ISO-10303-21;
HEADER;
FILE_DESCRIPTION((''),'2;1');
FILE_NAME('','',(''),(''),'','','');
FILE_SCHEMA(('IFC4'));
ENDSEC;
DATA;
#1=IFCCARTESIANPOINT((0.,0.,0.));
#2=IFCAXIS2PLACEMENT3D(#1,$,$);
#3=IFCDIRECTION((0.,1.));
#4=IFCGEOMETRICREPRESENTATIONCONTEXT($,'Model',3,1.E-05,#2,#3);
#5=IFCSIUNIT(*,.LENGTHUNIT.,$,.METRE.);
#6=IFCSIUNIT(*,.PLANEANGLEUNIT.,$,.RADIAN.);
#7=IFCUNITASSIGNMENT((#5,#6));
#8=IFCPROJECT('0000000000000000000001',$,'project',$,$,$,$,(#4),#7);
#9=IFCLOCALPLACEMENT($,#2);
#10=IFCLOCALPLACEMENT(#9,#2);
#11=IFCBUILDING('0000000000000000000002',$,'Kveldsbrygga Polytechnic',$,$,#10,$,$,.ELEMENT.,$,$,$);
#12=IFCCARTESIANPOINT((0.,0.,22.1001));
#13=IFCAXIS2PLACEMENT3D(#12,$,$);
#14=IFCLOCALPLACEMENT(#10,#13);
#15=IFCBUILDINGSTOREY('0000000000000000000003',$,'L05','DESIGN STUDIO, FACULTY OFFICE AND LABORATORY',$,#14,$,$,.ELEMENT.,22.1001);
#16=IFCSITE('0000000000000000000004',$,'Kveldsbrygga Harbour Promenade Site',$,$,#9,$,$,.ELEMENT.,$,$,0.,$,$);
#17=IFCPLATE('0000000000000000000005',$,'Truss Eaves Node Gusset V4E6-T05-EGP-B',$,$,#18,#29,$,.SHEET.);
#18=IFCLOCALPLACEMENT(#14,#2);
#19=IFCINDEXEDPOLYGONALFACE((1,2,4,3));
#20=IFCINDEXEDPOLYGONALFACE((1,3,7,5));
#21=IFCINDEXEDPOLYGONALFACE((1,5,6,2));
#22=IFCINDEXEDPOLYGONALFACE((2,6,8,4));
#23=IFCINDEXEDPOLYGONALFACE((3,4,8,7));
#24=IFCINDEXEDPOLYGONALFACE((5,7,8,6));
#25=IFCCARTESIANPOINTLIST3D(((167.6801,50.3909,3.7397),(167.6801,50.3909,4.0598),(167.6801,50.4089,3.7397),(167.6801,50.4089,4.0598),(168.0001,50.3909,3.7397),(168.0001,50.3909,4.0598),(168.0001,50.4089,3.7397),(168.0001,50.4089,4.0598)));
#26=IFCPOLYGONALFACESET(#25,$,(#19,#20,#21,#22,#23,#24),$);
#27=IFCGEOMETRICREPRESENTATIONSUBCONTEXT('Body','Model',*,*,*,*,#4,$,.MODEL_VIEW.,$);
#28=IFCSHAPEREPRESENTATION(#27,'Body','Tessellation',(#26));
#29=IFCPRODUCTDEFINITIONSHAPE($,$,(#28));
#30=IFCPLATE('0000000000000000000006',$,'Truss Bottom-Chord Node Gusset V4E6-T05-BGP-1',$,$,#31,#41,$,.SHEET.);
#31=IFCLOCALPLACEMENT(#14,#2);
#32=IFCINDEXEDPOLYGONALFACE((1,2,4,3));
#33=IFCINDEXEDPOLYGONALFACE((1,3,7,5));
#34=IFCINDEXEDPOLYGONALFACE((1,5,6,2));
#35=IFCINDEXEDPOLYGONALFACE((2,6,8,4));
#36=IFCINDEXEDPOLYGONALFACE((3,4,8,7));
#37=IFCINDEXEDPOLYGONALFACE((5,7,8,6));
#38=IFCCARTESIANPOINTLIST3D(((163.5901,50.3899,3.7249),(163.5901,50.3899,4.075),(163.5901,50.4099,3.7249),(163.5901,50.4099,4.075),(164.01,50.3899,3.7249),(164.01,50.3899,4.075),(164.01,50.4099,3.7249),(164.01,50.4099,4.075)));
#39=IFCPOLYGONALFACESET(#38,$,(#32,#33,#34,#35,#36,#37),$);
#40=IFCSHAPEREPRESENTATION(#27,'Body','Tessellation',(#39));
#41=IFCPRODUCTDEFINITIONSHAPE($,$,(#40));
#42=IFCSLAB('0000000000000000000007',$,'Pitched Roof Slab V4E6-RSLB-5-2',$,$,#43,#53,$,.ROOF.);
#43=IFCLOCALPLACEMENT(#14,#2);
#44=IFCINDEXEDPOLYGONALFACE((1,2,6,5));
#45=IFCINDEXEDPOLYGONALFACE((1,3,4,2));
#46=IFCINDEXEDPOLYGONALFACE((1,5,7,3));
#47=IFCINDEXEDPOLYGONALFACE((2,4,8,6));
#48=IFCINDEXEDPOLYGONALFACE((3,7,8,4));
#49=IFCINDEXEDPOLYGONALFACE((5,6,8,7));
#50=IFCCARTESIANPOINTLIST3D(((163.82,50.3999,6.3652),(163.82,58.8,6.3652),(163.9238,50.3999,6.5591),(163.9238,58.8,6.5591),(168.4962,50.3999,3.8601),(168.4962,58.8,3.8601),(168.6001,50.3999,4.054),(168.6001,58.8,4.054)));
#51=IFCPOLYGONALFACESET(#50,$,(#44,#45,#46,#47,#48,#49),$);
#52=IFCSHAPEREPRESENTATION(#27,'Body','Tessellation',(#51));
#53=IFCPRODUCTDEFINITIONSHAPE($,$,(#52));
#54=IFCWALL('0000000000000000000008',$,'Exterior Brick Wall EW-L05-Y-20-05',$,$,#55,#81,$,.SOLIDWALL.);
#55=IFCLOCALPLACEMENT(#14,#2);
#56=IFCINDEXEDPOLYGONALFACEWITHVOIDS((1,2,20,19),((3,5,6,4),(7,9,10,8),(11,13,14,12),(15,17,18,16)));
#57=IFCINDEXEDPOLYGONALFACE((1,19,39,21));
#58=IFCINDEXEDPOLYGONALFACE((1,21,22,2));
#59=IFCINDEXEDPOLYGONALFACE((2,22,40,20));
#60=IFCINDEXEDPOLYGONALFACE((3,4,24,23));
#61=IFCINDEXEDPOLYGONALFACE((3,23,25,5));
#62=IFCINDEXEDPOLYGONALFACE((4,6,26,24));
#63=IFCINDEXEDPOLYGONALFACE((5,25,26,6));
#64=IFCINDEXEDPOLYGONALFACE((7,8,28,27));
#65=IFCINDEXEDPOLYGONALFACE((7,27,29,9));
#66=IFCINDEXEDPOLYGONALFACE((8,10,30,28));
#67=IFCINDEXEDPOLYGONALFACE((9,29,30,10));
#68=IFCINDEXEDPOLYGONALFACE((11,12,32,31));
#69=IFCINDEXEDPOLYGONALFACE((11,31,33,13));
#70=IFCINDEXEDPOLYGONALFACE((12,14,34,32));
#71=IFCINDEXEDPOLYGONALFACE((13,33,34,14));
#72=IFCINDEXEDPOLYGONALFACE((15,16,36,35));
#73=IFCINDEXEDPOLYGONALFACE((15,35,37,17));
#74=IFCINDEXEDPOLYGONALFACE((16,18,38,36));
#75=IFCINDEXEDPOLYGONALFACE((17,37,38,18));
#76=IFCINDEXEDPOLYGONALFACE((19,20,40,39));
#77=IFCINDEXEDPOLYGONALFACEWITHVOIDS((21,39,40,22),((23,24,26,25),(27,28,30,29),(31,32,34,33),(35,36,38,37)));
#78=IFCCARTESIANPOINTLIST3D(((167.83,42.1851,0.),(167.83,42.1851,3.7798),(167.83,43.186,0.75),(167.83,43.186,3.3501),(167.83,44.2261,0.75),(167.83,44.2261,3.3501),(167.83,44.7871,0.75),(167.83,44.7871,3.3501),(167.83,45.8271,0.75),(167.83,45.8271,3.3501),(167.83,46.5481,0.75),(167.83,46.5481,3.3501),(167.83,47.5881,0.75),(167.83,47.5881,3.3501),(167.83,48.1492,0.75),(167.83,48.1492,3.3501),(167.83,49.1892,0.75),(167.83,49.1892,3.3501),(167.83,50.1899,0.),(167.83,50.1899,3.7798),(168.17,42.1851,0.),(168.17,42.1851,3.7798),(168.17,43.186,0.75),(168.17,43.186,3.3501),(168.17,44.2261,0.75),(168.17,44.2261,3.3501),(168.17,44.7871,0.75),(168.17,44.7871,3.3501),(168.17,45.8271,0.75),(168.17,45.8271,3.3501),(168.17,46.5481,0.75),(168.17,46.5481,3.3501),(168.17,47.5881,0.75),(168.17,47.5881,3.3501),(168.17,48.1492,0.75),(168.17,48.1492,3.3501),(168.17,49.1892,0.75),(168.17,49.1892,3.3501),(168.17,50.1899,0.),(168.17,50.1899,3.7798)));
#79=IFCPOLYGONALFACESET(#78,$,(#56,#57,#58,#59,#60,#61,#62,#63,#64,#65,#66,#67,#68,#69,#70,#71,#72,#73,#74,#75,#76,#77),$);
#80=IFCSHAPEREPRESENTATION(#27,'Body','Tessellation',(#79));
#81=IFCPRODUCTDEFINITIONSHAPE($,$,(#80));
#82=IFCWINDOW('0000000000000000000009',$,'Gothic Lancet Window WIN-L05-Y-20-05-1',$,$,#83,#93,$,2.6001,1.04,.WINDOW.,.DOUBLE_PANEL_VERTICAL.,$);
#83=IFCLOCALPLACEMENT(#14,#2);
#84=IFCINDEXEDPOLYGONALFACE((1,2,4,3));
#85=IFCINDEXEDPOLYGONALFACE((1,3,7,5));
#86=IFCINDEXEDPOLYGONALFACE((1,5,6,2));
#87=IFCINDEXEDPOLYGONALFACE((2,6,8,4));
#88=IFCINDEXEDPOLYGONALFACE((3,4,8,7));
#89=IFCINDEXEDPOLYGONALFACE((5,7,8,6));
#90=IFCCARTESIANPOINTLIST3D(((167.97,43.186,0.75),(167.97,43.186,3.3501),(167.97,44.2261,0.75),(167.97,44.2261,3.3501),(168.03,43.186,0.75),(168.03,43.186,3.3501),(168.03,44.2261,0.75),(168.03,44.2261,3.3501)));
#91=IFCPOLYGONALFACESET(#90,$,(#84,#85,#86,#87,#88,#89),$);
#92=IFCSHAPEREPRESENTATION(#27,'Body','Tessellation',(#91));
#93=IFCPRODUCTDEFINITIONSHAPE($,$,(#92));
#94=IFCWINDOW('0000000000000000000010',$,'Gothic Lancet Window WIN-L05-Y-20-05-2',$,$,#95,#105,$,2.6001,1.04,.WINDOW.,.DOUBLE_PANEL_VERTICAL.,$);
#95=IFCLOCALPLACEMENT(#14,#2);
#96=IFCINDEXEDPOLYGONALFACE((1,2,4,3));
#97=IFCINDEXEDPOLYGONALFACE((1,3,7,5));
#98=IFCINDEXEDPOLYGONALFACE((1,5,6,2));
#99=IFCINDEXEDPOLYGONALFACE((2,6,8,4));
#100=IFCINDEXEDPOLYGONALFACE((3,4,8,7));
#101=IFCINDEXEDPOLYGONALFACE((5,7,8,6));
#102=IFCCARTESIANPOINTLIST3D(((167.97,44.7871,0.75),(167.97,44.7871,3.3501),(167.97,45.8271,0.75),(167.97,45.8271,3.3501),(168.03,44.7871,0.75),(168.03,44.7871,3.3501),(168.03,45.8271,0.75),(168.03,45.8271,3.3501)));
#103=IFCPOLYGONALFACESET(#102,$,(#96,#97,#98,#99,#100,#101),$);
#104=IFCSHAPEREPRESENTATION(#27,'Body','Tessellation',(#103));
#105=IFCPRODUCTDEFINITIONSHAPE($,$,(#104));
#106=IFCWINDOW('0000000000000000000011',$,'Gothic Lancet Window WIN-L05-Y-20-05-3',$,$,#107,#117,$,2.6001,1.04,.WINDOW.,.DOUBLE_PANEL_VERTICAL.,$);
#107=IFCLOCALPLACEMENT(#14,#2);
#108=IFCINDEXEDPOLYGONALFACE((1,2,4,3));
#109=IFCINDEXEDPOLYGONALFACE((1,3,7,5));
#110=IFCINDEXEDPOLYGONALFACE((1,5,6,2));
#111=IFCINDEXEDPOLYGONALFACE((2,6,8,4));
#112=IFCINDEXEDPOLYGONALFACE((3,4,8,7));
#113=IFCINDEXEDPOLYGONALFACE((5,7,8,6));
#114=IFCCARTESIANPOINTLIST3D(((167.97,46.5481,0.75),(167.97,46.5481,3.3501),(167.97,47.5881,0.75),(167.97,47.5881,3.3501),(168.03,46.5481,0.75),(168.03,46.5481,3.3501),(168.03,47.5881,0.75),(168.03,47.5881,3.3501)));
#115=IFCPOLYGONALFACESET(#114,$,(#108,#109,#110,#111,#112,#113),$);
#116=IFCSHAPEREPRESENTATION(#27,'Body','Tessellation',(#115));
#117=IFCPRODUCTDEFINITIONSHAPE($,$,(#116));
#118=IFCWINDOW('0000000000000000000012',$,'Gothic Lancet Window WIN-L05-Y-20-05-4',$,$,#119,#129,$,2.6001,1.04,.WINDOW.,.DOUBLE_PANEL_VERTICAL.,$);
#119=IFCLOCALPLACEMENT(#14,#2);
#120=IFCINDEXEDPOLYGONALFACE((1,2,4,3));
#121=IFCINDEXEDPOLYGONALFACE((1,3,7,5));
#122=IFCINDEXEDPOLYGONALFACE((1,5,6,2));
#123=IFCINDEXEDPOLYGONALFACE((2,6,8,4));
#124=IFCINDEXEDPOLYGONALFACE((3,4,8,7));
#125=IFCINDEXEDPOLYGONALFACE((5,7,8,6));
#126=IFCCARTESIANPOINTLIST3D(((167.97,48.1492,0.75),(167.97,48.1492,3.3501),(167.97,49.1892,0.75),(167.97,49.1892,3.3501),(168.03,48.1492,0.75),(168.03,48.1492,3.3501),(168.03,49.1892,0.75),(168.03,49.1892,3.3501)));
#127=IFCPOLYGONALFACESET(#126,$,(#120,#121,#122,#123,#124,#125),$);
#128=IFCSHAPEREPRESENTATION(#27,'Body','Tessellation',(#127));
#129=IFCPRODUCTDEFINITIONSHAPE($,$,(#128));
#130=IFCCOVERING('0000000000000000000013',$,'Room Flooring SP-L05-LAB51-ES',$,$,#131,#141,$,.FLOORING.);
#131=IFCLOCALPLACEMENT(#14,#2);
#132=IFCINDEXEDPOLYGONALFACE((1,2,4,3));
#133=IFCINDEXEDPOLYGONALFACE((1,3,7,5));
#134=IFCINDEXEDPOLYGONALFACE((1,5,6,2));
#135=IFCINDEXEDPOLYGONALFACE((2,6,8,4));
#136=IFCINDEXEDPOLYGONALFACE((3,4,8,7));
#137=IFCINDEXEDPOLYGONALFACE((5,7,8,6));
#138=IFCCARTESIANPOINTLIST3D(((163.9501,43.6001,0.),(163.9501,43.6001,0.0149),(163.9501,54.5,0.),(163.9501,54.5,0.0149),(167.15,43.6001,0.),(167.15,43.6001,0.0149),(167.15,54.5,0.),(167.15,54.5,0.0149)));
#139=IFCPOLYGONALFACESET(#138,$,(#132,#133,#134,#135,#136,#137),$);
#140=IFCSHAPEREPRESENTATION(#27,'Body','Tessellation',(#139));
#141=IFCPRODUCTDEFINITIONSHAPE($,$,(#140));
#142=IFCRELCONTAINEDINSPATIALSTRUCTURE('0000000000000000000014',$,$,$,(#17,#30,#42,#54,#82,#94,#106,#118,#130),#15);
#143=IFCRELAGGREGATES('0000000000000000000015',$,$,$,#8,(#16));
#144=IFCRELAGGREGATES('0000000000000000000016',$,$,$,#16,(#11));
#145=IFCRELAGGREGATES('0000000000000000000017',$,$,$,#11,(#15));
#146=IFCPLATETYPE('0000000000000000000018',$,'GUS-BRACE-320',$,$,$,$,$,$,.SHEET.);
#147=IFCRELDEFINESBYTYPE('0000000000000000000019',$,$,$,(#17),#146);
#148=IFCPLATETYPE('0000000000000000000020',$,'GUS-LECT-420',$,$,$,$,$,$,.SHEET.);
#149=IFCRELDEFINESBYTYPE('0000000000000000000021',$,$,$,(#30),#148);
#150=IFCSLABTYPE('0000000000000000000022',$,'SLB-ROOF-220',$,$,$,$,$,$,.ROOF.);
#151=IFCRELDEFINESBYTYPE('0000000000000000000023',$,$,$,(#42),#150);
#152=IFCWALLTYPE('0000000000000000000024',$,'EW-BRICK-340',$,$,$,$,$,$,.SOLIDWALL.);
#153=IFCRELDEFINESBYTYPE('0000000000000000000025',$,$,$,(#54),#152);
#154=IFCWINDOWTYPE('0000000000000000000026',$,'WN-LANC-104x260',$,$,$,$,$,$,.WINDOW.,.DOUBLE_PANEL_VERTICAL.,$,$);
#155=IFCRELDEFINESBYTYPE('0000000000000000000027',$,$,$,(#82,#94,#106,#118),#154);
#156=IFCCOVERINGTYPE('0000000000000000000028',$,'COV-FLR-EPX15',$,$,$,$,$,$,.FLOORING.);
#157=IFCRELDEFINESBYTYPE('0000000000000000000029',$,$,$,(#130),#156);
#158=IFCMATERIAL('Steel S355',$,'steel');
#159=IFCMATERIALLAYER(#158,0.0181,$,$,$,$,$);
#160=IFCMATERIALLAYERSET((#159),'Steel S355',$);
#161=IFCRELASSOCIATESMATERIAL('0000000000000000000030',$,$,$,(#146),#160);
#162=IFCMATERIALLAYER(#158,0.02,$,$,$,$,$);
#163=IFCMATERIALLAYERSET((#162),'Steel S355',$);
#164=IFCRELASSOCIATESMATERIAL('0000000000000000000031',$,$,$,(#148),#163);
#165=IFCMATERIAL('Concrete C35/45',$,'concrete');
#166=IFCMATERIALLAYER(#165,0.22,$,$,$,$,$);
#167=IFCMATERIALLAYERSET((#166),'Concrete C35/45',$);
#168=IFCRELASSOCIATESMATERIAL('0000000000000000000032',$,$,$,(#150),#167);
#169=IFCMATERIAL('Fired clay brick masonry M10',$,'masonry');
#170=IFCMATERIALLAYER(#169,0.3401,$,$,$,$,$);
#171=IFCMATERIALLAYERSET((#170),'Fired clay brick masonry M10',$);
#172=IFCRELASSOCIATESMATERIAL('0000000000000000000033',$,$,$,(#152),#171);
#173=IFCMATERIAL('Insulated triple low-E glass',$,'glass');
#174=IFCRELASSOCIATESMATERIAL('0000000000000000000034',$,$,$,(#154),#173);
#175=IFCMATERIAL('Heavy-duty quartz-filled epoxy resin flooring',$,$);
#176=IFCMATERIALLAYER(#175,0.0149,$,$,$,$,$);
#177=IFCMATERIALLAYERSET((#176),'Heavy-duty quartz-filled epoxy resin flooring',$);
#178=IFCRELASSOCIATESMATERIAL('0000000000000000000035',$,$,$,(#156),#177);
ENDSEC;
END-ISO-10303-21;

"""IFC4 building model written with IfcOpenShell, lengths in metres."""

from ifc_helpers import new_model, si_unit, direction, frame, frame_2d, origin, origin_2d, place, context, subcontext, project, spatial, polyline, rectangle, outline, extrude, material, layer, layer_set, type_object, element, fill, save


model = new_model("IFC4")

# Units and contexts
model_context = context("Model", 3, precision=1e-05, world=origin(), true_north=direction((0.0, 1.0)))
body_context = subcontext(model_context, "Body", "Model", "MODEL_VIEW")
ifc_project = project(units=[si_unit("LENGTHUNIT", "METRE"), si_unit("PLANEANGLEUNIT", "RADIAN")], contexts=[model_context])

# Site, building, storey
site_placement = place(None, origin())
site = spatial("IfcSite", under=ifc_project, at=site_placement, Name="Kveldsbrygga Harbour Promenade Site", CompositionType="ELEMENT", RefElevation=0.0)
building_placement = place(site_placement, origin())
building = spatial("IfcBuilding", under=site, at=building_placement, Name="Kveldsbrygga Polytechnic", CompositionType="ELEMENT")
storey_placement = place(building_placement, frame((0.0, 0.0, 22.1001)))
storey = spatial("IfcBuildingStorey", under=building, at=storey_placement, Name="L05", Description="DESIGN STUDIO, FACULTY OFFICE AND LABORATORY", CompositionType="ELEMENT", Elevation=22.1001)

# Shared definitions
ifc_material_1 = material(Name="Steel S355", Category="steel")

# Plates
ifc_layer_1 = layer(ifc_material_1, 0.0181)
ifc_layer_set_1 = layer_set([ifc_layer_1], Name="Steel S355")
plate_type_1 = type_object("IfcPlateType", Name="GUS-BRACE-320", PredefinedType="SHEET", material=ifc_layer_set_1)
for number, where, z_axis, x_axis, name in (
    (1, (167.8401, 50.3999, 3.7397), (0.0, 0.0, 1.0), (1.0, 0.0, 0.0), "Truss Eaves Node Gusset V4E6-T05-EGP-B"),
):
    element("IfcPlate", number, at=place(storey_placement, frame(where, z_axis=z_axis, x_axis=x_axis)), inside=storey, type_object=plate_type_1, Name=name, PredefinedType="SHEET", context=body_context, shape_type="SweptSolid", body=[
        extrude(rectangle(XDim=0.3201, YDim=0.0181, at=origin_2d()), origin(), (0.0, 0.0, 1.0), 0.3201),
    ])
ifc_layer_2 = layer(ifc_material_1, 0.02)
ifc_layer_set_2 = layer_set([ifc_layer_2], Name="Steel S355")
plate_type_2 = type_object("IfcPlateType", Name="GUS-LECT-420", PredefinedType="SHEET", material=ifc_layer_set_2)
plate_1_placement = place(storey_placement, frame((163.8, 50.3999, 3.7249), z_axis=(0.0, 0.0, 1.0), x_axis=(1.0, 0.0, 0.0)))
element("IfcPlate", 2, at=plate_1_placement, inside=storey, type_object=plate_type_2, Name="Truss Bottom-Chord Node Gusset V4E6-T05-BGP-1", PredefinedType="SHEET", context=body_context, shape_type="SweptSolid", body=[
    extrude(rectangle(XDim=0.4199, YDim=0.02, at=origin_2d()), origin(), (0.0, 0.0, 1.0), 0.3501),
])

# Slab
ifc_material_2 = material(Name="Concrete C35/45", Category="concrete")
ifc_layer_3 = layer(ifc_material_2, 0.22)
ifc_layer_set_3 = layer_set([ifc_layer_3], Name="Concrete C35/45")
slab_type = type_object("IfcSlabType", Name="SLB-ROOF-220", PredefinedType="ROOF", material=ifc_layer_set_3)
slab_placement = place(storey_placement, frame((163.9238, 50.3999, 6.5591), z_axis=(0.472219, 0.0, 0.881481), x_axis=(0.881481, 0.0, -0.472219)))
element("IfcSlab", 3, at=slab_placement, inside=storey, type_object=slab_type, Name="Pitched Roof Slab V4E6-RSLB-5-2", PredefinedType="ROOF", context=body_context, shape_type="SweptSolid", body=[
    extrude(outline(polyline([(0.0, 0.0), (5.305, 0.0), (5.305, 8.4001), (0.0, 8.4001), (0.0, 0.0)])), origin(), (0.0, 0.0, -1.0), 0.22),
])

# Wall, openings, windows
ifc_material_3 = material(Name="Fired clay brick masonry M10", Category="masonry")
ifc_layer_4 = layer(ifc_material_3, 0.3401)
ifc_layer_set_4 = layer_set([ifc_layer_4], Name="Fired clay brick masonry M10")
wall_type = type_object("IfcWallType", Name="EW-BRICK-340", PredefinedType="SOLIDWALL", material=ifc_layer_set_4)
wall_placement = place(storey_placement, frame((168.0, 42.1851, 0.0), z_axis=(0.0, 0.0, 1.0), x_axis=(0.0, 1.0, 0.0)))
wall = element("IfcWall", 4, at=wall_placement, inside=storey, type_object=wall_type, Name="Exterior Brick Wall EW-L05-Y-20-05", PredefinedType="SOLIDWALL", context=body_context, shape_type="SweptSolid", body=[
    extrude(rectangle(XDim=8.0049, YDim=0.3401, at=frame_2d((4.0024, 0.0))), origin(), (0.0, 0.0, 1.0), 3.7798),
])
opening_1_placement = place(wall_placement, frame((1.001, 0.0, 0.75)))
opening_1 = element("IfcOpeningElement", 5, at=opening_1_placement, cuts=wall, PredefinedType="OPENING", context=body_context, shape_type="SweptSolid", body=[
    extrude(rectangle(XDim=1.04, YDim=2.6001, at=frame_2d((0.52, 1.3))), frame((0.0, 0.1802, 0.0), z_axis=(0.0, -1.0, 0.0), x_axis=(1.0, 0.0, 0.0)), (0.0, 0.0, 1.0), 0.3601),
])
opening_2_placement = place(wall_placement, frame((2.6021, 0.0, 0.75)))
opening_2 = element("IfcOpeningElement", 6, at=opening_2_placement, cuts=wall, PredefinedType="OPENING", context=body_context, shape_type="SweptSolid", body=[
    extrude(rectangle(XDim=1.04, YDim=2.6001, at=frame_2d((0.52, 1.3))), frame((0.0, 0.1802, 0.0), z_axis=(0.0, -1.0, 0.0), x_axis=(1.0, 0.0, 0.0)), (0.0, 0.0, 1.0), 0.3601),
])
opening_3_placement = place(wall_placement, frame((4.363, 0.0, 0.75)))
opening_3 = element("IfcOpeningElement", 7, at=opening_3_placement, cuts=wall, PredefinedType="OPENING", context=body_context, shape_type="SweptSolid", body=[
    extrude(rectangle(XDim=1.04, YDim=2.6001, at=frame_2d((0.52, 1.3))), frame((0.0, 0.1802, 0.0), z_axis=(0.0, -1.0, 0.0), x_axis=(1.0, 0.0, 0.0)), (0.0, 0.0, 1.0), 0.3601),
])
opening_4_placement = place(wall_placement, frame((5.9641, 0.0, 0.75)))
opening_4 = element("IfcOpeningElement", 8, at=opening_4_placement, cuts=wall, PredefinedType="OPENING", context=body_context, shape_type="SweptSolid", body=[
    extrude(rectangle(XDim=1.04, YDim=2.6001, at=frame_2d((0.52, 1.3))), frame((0.0, 0.1802, 0.0), z_axis=(0.0, -1.0, 0.0), x_axis=(1.0, 0.0, 0.0)), (0.0, 0.0, 1.0), 0.3601),
])
ifc_material_4 = material(Name="Insulated triple low-E glass", Category="glass")
window_type = type_object("IfcWindowType", Name="WN-LANC-104x260", PartitioningType="DOUBLE_PANEL_VERTICAL", PredefinedType="WINDOW", material=ifc_material_4)
window_1_placement = place(opening_1_placement, origin())
window_1 = element("IfcWindow", 9, at=window_1_placement, inside=storey, type_object=window_type, Name="Gothic Lancet Window WIN-L05-Y-20-05-1", OverallHeight=2.6001, OverallWidth=1.04, PartitioningType="DOUBLE_PANEL_VERTICAL", PredefinedType="WINDOW", context=body_context, shape_type="SweptSolid", body=[
    extrude(rectangle(XDim=1.04, YDim=2.6001, at=frame_2d((0.52, 1.3))), frame((0.0, 0.03, 0.0), z_axis=(0.0, -1.0, 0.0), x_axis=(1.0, 0.0, 0.0)), (0.0, 0.0, 1.0), 0.0601),
])
fill(opening_1, window_1)
window_2_placement = place(opening_2_placement, origin())
window_2 = element("IfcWindow", 10, at=window_2_placement, inside=storey, type_object=window_type, Name="Gothic Lancet Window WIN-L05-Y-20-05-2", OverallHeight=2.6001, OverallWidth=1.04, PartitioningType="DOUBLE_PANEL_VERTICAL", PredefinedType="WINDOW", context=body_context, shape_type="SweptSolid", body=[
    extrude(rectangle(XDim=1.04, YDim=2.6001, at=frame_2d((0.52, 1.3))), frame((0.0, 0.03, 0.0), z_axis=(0.0, -1.0, 0.0), x_axis=(1.0, 0.0, 0.0)), (0.0, 0.0, 1.0), 0.0601),
])
fill(opening_2, window_2)
window_3_placement = place(opening_3_placement, origin())
window_3 = element("IfcWindow", 11, at=window_3_placement, inside=storey, type_object=window_type, Name="Gothic Lancet Window WIN-L05-Y-20-05-3", OverallHeight=2.6001, OverallWidth=1.04, PartitioningType="DOUBLE_PANEL_VERTICAL", PredefinedType="WINDOW", context=body_context, shape_type="SweptSolid", body=[
    extrude(rectangle(XDim=1.04, YDim=2.6001, at=frame_2d((0.52, 1.3))), frame((0.0, 0.03, 0.0), z_axis=(0.0, -1.0, 0.0), x_axis=(1.0, 0.0, 0.0)), (0.0, 0.0, 1.0), 0.0601),
])
fill(opening_3, window_3)
window_4_placement = place(opening_4_placement, origin())
window_4 = element("IfcWindow", 12, at=window_4_placement, inside=storey, type_object=window_type, Name="Gothic Lancet Window WIN-L05-Y-20-05-4", OverallHeight=2.6001, OverallWidth=1.04, PartitioningType="DOUBLE_PANEL_VERTICAL", PredefinedType="WINDOW", context=body_context, shape_type="SweptSolid", body=[
    extrude(rectangle(XDim=1.04, YDim=2.6001, at=frame_2d((0.52, 1.3))), frame((0.0, 0.03, 0.0), z_axis=(0.0, -1.0, 0.0), x_axis=(1.0, 0.0, 0.0)), (0.0, 0.0, 1.0), 0.0601),
])
fill(opening_4, window_4)

# Covering
ifc_material_5 = material(Name="Heavy-duty quartz-filled epoxy resin flooring")
ifc_layer_5 = layer(ifc_material_5, 0.0149)
ifc_layer_set_5 = layer_set([ifc_layer_5], Name="Heavy-duty quartz-filled epoxy resin flooring")
covering_type = type_object("IfcCoveringType", Name="COV-FLR-EPX15", PredefinedType="FLOORING", material=ifc_layer_set_5)
covering_placement = place(storey_placement, frame((165.55, 49.05, 0.0), z_axis=(0.0, 0.0, 1.0), x_axis=(1.0, 0.0, 0.0)))
element("IfcCovering", 13, at=covering_placement, inside=storey, type_object=covering_type, Name="Room Flooring SP-L05-LAB51-ES", PredefinedType="FLOORING", context=body_context, shape_type="SweptSolid", body=[
    extrude(rectangle(XDim=3.2, YDim=10.8999, at=origin_2d()), origin(), (0.0, 0.0, 1.0), 0.0149),
])

save(model, "model.ifc")
